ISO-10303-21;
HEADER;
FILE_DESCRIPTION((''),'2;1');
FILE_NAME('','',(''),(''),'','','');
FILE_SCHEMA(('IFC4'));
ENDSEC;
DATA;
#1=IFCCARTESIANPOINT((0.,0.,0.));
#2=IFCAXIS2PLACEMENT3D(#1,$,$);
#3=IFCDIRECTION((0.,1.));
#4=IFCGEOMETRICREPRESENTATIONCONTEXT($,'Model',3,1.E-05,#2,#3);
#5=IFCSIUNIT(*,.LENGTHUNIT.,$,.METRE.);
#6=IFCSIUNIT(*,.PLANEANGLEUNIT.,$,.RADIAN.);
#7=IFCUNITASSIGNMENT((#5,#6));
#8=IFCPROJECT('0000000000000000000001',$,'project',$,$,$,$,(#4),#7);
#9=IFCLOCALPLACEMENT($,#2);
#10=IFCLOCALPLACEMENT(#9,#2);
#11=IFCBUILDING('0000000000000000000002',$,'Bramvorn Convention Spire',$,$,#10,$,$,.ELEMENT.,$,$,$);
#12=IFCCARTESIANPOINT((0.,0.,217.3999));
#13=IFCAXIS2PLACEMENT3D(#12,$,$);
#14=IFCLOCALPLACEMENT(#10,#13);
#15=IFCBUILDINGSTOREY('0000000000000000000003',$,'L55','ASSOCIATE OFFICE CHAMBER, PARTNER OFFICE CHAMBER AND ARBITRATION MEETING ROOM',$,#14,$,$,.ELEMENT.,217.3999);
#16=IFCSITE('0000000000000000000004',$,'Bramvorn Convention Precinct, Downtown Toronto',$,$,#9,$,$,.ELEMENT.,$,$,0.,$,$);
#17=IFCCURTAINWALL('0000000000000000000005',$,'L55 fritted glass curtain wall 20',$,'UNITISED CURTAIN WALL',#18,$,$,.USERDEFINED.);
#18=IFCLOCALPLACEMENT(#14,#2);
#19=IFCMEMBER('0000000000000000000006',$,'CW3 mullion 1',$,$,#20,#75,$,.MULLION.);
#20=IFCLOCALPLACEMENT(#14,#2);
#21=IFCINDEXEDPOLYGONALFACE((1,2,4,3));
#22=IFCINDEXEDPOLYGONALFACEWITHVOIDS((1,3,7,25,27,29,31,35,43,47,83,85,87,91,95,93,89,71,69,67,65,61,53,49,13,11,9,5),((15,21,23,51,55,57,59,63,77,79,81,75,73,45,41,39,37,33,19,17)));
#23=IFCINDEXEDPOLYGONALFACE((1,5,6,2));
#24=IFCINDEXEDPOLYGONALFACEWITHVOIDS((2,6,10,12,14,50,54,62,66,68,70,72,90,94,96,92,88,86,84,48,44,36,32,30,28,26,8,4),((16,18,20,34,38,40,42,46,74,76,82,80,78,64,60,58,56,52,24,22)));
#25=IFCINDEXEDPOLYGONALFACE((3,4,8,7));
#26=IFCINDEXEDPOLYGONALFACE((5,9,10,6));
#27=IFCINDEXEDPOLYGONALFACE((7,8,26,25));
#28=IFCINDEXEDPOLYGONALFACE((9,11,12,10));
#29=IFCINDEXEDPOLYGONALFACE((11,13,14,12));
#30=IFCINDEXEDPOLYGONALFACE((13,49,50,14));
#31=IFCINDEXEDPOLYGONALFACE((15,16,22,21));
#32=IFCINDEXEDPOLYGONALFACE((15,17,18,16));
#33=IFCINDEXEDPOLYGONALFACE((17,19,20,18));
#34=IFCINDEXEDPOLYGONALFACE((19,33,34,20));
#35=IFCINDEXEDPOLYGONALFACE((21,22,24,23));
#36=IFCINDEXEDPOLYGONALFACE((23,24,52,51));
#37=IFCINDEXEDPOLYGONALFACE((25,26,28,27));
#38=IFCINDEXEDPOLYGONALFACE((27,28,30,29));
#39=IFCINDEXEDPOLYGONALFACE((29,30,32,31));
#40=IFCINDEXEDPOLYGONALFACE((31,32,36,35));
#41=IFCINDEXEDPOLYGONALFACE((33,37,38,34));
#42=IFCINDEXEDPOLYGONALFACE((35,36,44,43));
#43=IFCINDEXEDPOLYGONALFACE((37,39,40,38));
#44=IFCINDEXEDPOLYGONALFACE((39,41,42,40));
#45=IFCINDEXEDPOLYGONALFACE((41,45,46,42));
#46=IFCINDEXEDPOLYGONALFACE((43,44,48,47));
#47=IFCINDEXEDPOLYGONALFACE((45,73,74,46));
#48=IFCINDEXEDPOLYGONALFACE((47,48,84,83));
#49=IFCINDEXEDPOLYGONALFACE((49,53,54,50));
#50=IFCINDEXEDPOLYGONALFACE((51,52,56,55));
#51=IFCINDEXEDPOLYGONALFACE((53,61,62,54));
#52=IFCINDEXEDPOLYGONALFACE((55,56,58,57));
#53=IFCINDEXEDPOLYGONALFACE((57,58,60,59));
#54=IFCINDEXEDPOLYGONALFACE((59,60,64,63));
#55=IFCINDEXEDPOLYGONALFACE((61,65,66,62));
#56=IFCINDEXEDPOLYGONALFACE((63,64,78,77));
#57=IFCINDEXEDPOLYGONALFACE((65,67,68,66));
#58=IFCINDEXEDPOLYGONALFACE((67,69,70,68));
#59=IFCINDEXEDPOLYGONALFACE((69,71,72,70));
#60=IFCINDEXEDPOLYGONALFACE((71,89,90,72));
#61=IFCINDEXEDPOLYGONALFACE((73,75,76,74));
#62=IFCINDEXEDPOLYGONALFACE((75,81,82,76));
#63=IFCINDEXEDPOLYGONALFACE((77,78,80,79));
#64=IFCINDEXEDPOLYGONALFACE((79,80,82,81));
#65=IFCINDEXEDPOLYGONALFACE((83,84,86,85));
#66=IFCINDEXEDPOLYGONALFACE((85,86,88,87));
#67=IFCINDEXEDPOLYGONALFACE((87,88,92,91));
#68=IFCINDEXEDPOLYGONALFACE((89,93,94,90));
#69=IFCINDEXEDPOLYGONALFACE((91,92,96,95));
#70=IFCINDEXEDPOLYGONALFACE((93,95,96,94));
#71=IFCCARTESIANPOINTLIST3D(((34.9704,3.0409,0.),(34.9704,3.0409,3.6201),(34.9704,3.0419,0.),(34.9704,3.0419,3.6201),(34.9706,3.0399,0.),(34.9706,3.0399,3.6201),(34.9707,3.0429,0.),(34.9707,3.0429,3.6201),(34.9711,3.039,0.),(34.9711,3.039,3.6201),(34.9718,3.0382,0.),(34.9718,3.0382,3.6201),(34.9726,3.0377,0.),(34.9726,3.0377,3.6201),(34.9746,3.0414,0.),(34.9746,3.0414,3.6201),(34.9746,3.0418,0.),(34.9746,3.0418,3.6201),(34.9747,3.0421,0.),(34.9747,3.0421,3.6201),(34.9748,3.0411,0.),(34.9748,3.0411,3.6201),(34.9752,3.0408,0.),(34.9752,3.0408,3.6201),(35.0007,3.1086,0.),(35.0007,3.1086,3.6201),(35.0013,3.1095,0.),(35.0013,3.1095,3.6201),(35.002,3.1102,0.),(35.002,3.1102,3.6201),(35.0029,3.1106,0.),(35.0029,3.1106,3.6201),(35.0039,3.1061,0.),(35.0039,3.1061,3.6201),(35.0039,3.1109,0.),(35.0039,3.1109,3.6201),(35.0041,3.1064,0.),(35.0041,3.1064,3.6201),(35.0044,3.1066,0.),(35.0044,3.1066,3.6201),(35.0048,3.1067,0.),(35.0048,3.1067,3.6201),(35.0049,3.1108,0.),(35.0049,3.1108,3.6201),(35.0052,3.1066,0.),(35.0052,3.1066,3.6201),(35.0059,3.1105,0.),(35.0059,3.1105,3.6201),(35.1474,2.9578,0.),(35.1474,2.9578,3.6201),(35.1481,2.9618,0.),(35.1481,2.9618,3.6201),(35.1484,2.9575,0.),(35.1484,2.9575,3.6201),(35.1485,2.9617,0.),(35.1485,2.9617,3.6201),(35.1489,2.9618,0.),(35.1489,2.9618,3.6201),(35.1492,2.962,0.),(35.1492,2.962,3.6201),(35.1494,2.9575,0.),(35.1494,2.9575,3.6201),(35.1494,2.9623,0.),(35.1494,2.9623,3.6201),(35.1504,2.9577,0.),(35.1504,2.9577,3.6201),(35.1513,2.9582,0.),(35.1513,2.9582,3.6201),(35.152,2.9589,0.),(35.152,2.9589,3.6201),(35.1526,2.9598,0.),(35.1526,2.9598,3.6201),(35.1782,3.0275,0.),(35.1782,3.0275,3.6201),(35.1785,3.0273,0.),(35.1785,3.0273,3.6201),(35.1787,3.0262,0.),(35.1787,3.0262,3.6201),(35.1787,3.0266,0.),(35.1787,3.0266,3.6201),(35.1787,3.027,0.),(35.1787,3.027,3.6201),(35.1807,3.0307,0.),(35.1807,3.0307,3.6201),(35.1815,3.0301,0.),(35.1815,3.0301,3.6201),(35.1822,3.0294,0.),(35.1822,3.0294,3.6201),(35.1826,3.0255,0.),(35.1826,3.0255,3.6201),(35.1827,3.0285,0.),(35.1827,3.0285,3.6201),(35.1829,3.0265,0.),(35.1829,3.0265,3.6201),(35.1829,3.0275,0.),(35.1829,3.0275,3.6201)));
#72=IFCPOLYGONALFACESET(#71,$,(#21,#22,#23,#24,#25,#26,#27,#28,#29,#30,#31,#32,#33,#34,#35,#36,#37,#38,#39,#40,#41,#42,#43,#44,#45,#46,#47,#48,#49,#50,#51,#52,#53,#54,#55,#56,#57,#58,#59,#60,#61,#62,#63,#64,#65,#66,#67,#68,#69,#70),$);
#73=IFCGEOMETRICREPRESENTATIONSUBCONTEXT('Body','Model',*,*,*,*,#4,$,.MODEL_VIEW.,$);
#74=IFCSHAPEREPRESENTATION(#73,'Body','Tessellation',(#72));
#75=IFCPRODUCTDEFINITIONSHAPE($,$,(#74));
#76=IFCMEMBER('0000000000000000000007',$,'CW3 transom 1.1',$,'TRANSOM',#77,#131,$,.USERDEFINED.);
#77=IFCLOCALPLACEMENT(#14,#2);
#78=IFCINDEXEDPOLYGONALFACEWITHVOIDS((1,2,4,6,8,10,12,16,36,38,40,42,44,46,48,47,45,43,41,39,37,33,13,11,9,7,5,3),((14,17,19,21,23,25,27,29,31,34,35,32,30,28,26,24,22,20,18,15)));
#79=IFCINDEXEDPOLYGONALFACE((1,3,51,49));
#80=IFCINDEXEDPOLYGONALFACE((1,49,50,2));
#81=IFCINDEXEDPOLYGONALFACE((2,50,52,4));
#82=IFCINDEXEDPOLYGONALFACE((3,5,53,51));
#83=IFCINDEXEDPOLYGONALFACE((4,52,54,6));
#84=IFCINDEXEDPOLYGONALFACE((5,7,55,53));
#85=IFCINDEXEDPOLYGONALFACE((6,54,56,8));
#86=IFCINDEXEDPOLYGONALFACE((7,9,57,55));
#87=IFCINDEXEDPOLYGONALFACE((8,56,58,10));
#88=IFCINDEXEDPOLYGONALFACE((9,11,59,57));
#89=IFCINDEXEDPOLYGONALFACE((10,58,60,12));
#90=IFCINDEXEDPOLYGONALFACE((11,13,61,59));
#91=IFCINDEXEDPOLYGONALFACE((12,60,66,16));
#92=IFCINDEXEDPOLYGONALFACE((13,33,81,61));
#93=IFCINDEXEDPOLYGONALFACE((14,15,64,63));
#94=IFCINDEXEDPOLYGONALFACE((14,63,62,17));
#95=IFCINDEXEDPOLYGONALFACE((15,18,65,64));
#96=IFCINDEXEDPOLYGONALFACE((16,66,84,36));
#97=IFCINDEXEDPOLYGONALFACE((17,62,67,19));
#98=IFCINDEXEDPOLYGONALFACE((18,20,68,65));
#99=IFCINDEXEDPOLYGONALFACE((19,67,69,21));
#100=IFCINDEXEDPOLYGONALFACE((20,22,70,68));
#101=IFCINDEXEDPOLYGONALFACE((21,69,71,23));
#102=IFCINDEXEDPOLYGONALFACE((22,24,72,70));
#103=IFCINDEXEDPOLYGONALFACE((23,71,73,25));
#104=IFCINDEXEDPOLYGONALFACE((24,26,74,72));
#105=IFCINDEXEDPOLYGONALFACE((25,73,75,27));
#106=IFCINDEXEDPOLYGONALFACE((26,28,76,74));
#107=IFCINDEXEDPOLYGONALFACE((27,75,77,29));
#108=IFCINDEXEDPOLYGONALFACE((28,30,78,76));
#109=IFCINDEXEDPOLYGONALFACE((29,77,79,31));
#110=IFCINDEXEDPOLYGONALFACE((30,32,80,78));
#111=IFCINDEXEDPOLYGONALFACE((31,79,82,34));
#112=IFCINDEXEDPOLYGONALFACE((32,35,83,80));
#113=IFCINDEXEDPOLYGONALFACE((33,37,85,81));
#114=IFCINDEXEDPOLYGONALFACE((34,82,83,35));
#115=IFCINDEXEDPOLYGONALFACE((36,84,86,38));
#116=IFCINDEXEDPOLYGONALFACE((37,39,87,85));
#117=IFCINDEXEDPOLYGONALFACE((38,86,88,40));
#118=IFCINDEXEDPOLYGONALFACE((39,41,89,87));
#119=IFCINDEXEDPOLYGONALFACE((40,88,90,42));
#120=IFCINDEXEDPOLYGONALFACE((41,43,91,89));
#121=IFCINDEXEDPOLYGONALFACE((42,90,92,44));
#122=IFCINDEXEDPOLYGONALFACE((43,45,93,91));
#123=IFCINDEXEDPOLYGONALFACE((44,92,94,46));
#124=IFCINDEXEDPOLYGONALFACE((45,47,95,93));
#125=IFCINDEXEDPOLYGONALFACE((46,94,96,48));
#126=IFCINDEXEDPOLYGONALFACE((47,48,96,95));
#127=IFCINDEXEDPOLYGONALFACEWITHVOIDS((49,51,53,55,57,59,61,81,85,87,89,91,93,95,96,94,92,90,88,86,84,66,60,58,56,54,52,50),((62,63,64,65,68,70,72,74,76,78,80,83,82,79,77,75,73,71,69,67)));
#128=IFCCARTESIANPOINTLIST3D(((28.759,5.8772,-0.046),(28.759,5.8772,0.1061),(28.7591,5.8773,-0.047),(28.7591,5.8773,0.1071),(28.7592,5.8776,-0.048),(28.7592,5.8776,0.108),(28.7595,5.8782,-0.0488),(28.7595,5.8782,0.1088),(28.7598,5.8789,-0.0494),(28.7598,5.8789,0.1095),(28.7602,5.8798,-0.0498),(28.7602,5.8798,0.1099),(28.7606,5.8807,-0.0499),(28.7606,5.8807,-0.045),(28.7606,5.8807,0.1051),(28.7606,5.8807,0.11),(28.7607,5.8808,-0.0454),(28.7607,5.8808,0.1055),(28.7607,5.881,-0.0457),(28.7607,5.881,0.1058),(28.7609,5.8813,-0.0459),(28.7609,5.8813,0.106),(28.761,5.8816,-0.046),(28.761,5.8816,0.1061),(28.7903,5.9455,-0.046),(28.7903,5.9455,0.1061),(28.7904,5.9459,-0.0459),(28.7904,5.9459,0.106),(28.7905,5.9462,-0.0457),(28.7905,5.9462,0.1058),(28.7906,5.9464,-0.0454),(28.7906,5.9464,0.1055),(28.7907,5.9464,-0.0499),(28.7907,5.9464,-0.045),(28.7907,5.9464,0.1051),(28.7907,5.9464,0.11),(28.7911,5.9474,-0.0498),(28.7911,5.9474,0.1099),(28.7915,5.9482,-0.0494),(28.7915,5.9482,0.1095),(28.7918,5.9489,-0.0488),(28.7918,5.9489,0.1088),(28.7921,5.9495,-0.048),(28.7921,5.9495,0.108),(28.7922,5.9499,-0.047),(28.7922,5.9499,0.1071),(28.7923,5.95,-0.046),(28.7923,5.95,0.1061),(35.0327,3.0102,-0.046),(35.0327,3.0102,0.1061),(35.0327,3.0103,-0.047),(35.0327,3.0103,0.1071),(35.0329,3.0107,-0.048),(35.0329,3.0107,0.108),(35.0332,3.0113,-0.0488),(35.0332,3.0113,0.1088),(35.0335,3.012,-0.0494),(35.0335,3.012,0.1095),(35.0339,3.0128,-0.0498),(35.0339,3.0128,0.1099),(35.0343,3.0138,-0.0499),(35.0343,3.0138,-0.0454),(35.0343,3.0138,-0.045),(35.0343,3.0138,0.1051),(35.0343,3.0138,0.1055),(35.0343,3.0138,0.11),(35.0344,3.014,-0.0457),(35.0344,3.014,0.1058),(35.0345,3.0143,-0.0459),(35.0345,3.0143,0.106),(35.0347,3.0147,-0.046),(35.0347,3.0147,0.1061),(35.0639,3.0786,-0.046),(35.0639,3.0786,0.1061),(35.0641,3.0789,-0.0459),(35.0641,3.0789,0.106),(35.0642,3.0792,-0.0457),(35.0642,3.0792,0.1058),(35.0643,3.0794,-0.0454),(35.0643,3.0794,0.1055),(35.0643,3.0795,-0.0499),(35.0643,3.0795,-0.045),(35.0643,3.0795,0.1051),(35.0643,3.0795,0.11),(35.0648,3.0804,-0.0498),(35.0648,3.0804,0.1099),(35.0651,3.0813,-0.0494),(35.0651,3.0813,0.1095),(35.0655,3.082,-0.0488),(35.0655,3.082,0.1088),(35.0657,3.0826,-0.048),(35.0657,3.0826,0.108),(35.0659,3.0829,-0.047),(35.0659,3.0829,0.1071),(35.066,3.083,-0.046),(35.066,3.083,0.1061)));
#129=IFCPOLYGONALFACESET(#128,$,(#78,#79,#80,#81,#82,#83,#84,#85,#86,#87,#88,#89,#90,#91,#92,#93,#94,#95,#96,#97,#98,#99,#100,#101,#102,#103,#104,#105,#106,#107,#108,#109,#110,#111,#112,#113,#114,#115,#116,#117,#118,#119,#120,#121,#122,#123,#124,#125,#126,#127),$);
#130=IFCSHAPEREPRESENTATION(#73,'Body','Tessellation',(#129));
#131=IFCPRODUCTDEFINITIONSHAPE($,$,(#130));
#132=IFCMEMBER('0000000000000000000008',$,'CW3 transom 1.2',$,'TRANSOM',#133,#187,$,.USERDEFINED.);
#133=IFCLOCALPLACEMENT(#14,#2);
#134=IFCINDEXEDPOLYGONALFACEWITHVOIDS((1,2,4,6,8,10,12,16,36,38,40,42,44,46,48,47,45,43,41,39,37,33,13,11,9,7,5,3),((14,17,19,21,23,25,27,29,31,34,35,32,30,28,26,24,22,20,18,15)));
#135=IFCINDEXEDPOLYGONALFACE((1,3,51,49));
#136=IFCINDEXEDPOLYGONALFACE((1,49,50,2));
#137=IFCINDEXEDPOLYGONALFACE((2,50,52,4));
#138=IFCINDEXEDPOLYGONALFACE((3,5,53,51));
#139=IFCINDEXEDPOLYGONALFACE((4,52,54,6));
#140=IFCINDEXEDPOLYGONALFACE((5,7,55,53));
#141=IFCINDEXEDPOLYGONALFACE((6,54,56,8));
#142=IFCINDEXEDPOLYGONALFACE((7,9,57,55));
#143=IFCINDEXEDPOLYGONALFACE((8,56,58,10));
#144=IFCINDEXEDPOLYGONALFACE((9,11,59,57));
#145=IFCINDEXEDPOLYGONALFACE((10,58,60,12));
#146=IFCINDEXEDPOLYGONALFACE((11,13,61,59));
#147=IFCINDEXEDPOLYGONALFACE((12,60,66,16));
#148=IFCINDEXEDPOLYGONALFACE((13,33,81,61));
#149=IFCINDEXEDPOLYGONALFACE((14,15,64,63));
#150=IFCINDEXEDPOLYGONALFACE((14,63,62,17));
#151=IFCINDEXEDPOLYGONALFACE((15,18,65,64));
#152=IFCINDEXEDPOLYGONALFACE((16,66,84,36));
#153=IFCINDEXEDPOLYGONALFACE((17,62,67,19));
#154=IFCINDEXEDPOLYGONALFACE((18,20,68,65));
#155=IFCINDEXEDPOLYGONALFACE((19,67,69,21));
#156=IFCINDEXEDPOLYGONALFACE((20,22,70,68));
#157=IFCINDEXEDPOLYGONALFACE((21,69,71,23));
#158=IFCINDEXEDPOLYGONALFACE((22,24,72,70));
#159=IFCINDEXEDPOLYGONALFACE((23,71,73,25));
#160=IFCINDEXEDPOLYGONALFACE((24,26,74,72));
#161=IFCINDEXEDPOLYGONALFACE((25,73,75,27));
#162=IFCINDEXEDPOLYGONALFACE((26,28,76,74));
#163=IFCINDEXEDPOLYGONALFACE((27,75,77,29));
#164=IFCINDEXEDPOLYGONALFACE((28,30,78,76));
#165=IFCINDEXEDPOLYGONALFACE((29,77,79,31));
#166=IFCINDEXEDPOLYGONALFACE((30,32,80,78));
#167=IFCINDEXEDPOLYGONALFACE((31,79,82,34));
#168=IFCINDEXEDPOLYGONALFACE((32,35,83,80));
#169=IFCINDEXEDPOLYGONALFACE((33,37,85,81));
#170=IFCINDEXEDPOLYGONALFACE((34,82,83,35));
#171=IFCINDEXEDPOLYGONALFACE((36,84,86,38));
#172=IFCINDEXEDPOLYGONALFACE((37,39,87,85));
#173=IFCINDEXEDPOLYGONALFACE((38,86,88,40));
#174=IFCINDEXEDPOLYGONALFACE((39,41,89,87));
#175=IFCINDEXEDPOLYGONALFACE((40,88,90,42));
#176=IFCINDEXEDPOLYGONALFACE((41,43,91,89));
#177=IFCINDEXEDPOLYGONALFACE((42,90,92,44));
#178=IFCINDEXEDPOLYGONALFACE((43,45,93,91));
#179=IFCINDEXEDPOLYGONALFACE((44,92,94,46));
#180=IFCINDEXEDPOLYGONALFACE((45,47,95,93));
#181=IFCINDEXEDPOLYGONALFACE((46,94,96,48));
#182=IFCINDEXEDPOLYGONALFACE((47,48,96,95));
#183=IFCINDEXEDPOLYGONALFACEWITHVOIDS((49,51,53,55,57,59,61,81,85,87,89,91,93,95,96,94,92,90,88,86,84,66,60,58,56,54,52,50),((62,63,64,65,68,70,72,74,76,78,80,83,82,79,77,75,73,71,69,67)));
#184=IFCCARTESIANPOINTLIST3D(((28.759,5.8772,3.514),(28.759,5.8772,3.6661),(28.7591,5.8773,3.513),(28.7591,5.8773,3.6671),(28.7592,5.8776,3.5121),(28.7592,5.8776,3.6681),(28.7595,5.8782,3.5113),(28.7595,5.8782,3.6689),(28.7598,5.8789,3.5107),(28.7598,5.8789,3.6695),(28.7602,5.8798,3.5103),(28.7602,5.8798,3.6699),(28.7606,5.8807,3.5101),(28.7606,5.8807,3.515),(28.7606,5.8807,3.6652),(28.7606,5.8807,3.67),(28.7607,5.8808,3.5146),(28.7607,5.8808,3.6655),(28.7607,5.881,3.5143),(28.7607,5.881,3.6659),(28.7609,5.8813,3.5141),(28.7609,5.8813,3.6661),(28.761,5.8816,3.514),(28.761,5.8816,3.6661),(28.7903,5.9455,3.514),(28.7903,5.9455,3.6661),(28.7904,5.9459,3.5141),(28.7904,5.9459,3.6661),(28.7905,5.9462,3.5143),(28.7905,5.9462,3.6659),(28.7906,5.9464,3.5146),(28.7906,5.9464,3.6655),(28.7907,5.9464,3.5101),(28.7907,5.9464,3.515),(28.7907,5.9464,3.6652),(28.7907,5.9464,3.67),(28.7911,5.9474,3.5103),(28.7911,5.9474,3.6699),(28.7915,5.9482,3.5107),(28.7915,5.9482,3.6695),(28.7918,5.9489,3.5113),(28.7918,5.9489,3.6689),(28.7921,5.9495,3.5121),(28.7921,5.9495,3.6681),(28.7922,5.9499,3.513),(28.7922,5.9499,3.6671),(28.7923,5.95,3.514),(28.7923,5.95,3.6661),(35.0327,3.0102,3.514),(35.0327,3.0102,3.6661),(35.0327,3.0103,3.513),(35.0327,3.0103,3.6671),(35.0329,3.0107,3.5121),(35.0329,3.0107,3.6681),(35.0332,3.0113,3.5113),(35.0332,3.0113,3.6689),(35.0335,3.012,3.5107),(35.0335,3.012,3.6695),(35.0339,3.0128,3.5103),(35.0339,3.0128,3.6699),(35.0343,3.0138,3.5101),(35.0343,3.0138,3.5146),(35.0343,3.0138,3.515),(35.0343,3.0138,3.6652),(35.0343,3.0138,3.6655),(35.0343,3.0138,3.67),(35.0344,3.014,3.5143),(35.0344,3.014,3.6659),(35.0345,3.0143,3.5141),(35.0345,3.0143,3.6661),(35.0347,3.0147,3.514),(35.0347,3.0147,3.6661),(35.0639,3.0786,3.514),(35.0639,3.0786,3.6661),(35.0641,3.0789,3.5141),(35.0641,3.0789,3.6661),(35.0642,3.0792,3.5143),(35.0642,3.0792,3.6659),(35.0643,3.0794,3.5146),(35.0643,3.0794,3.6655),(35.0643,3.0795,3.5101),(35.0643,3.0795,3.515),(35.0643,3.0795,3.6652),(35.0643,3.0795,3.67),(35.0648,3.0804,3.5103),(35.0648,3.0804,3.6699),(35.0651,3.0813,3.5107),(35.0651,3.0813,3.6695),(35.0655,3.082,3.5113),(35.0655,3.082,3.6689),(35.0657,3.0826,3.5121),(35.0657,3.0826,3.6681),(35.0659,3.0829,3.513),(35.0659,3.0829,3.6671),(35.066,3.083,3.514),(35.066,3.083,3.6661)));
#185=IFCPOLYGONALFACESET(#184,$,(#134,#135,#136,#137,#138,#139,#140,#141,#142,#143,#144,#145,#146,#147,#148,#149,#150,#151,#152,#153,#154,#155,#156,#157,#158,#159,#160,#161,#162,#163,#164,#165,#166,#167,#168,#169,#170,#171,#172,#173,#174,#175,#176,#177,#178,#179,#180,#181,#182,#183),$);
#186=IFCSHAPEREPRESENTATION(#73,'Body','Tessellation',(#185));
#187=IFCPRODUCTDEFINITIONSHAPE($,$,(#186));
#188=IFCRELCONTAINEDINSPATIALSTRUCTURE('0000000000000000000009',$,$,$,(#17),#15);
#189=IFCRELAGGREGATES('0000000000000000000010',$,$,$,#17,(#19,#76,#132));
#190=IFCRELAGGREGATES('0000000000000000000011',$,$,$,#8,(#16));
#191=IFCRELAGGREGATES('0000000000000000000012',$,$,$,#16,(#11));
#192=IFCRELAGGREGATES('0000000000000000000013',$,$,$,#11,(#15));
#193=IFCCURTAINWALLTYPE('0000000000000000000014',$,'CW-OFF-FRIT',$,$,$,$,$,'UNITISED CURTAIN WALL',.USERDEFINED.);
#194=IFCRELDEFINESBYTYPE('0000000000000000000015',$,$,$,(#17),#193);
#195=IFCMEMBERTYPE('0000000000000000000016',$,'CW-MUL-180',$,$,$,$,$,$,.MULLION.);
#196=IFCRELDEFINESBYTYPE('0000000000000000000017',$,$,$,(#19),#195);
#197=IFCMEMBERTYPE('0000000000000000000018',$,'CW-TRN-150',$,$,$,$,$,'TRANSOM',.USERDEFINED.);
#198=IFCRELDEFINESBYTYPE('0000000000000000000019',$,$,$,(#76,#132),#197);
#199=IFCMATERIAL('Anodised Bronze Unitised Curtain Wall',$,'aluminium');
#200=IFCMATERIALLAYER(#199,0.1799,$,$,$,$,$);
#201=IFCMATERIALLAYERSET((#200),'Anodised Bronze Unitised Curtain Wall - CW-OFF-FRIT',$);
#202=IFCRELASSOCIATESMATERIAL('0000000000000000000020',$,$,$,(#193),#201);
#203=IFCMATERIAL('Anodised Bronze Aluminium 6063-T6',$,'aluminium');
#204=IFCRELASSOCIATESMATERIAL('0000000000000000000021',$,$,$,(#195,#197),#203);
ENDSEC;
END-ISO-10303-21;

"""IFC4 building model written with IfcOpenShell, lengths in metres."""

from ifc_helpers import new_model, si_unit, direction, frame, origin, origin_2d, place, context, subcontext, project, spatial, hollow_rectangle, extrude, material, layer, layer_set, material_profile, profile_set, type_object, element, aggregate, save


model = new_model("IFC4")

# Units and contexts
model_context = context("Model", 3, precision=1e-05, world=origin(), true_north=direction((0.0, 1.0)))
body_context = subcontext(model_context, "Body", "Model", "MODEL_VIEW")
ifc_project = project(units=[si_unit("LENGTHUNIT", "METRE"), si_unit("PLANEANGLEUNIT", "RADIAN")], contexts=[model_context])

# Site, building, storey
site_placement = place(None, origin())
site = spatial("IfcSite", under=ifc_project, at=site_placement, Name="Bramvorn Convention Precinct, Downtown Toronto", CompositionType="ELEMENT", RefElevation=0.0)
building_placement = place(site_placement, origin())
building = spatial("IfcBuilding", under=site, at=building_placement, Name="Bramvorn Convention Spire", CompositionType="ELEMENT")
storey_placement = place(building_placement, frame((0.0, 0.0, 217.3999)))
storey = spatial("IfcBuildingStorey", under=building, at=storey_placement, Name="L55", Description="ASSOCIATE OFFICE CHAMBER, PARTNER OFFICE CHAMBER AND ARBITRATION MEETING ROOM", CompositionType="ELEMENT", Elevation=217.3999)

# Curtain wall, members
ifc_material_1 = material(Name="Anodised Bronze Unitised Curtain Wall", Category="aluminium")
ifc_layer_1 = layer(ifc_material_1, 0.1799)
ifc_layer_set_1 = layer_set([ifc_layer_1], Name="Anodised Bronze Unitised Curtain Wall - CW-OFF-FRIT")
curtain_wall_type = type_object("IfcCurtainWallType", Name="CW-OFF-FRIT", ElementType="UNITISED CURTAIN WALL", PredefinedType="USERDEFINED", material=ifc_layer_set_1)
curtain_wall_placement = place(storey_placement, origin())
curtain_wall = element("IfcCurtainWall", 1, at=curtain_wall_placement, inside=storey, type_object=curtain_wall_type, Name="L55 fritted glass curtain wall 20", ObjectType="UNITISED CURTAIN WALL", PredefinedType="USERDEFINED")
ifc_material_2 = material(Name="Anodised Bronze Aluminium 6063-T6", Category="aluminium")
ifc_material_profile_1 = material_profile(ifc_material_2, hollow_rectangle(XDim=0.0801, YDim=0.2, WallThickness=0.0039, InnerFilletRadius=0.001, OuterFilletRadius=0.0039, at=origin_2d()))
ifc_profile_set_1 = profile_set([ifc_material_profile_1], Name="Anodised Bronze Aluminium 6063-T6 - CWM80X200")
member_type_1 = type_object("IfcMemberType", Name="CW-MUL-180", PredefinedType="MULLION", material=ifc_profile_set_1)
member_1_placement = place(storey_placement, frame((35.0767, 3.0342, 0.0), z_axis=(0.0, 0.0, 1.0), x_axis=(-0.415636, -0.909531, 0.0)))
member_1 = element("IfcMember", 2, at=member_1_placement, type_object=member_type_1, Name="CW3 mullion 1", PredefinedType="MULLION", context=body_context, shape_type="SweptSolid", body=[
    extrude(hollow_rectangle(XDim=0.0801, YDim=0.2, WallThickness=0.0039, InnerFilletRadius=0.001, OuterFilletRadius=0.0039, at=origin_2d()), origin(), (0.0, 0.0, 1.0), 3.6201),
])
ifc_material_profile_2 = material_profile(ifc_material_2, hollow_rectangle(XDim=0.0801, YDim=0.1599, WallThickness=0.0039, InnerFilletRadius=0.001, OuterFilletRadius=0.0039, at=origin_2d()))
ifc_profile_set_2 = profile_set([ifc_material_profile_2], Name="Anodised Bronze Aluminium 6063-T6 - CWT80X160")
member_type_2 = type_object("IfcMemberType", Name="CW-TRN-150", ElementType="TRANSOM", PredefinedType="USERDEFINED", material=ifc_profile_set_2)
member_2_placement = place(storey_placement, frame((35.0493, 3.0466, 0.03), z_axis=(-0.909531, 0.415637, 0.0), x_axis=(-0.415637, -0.909531, 0.0)))
member_2 = element("IfcMember", 3, at=member_2_placement, type_object=member_type_2, Name="CW3 transom 1.1", ObjectType="TRANSOM", PredefinedType="USERDEFINED", context=body_context, shape_type="SweptSolid", body=[
    extrude(hollow_rectangle(XDim=0.0801, YDim=0.1599, WallThickness=0.0039, InnerFilletRadius=0.001, OuterFilletRadius=0.0039, at=origin_2d()), origin(), (0.0, 0.0, 1.0), 6.8977),
])
member_3_placement = place(storey_placement, frame((35.0493, 3.0466, 3.5901), z_axis=(-0.909531, 0.415637, 0.0), x_axis=(-0.415637, -0.909531, 0.0)))
member_3 = element("IfcMember", 4, at=member_3_placement, type_object=member_type_2, Name="CW3 transom 1.2", ObjectType="TRANSOM", PredefinedType="USERDEFINED", context=body_context, shape_type="SweptSolid", body=[
    extrude(hollow_rectangle(XDim=0.0801, YDim=0.1599, WallThickness=0.0039, InnerFilletRadius=0.001, OuterFilletRadius=0.0039, at=origin_2d()), origin(), (0.0, 0.0, 1.0), 6.8977),
])
aggregate(curtain_wall, [member_1, member_2, member_3])

save(model, "model.ifc")
